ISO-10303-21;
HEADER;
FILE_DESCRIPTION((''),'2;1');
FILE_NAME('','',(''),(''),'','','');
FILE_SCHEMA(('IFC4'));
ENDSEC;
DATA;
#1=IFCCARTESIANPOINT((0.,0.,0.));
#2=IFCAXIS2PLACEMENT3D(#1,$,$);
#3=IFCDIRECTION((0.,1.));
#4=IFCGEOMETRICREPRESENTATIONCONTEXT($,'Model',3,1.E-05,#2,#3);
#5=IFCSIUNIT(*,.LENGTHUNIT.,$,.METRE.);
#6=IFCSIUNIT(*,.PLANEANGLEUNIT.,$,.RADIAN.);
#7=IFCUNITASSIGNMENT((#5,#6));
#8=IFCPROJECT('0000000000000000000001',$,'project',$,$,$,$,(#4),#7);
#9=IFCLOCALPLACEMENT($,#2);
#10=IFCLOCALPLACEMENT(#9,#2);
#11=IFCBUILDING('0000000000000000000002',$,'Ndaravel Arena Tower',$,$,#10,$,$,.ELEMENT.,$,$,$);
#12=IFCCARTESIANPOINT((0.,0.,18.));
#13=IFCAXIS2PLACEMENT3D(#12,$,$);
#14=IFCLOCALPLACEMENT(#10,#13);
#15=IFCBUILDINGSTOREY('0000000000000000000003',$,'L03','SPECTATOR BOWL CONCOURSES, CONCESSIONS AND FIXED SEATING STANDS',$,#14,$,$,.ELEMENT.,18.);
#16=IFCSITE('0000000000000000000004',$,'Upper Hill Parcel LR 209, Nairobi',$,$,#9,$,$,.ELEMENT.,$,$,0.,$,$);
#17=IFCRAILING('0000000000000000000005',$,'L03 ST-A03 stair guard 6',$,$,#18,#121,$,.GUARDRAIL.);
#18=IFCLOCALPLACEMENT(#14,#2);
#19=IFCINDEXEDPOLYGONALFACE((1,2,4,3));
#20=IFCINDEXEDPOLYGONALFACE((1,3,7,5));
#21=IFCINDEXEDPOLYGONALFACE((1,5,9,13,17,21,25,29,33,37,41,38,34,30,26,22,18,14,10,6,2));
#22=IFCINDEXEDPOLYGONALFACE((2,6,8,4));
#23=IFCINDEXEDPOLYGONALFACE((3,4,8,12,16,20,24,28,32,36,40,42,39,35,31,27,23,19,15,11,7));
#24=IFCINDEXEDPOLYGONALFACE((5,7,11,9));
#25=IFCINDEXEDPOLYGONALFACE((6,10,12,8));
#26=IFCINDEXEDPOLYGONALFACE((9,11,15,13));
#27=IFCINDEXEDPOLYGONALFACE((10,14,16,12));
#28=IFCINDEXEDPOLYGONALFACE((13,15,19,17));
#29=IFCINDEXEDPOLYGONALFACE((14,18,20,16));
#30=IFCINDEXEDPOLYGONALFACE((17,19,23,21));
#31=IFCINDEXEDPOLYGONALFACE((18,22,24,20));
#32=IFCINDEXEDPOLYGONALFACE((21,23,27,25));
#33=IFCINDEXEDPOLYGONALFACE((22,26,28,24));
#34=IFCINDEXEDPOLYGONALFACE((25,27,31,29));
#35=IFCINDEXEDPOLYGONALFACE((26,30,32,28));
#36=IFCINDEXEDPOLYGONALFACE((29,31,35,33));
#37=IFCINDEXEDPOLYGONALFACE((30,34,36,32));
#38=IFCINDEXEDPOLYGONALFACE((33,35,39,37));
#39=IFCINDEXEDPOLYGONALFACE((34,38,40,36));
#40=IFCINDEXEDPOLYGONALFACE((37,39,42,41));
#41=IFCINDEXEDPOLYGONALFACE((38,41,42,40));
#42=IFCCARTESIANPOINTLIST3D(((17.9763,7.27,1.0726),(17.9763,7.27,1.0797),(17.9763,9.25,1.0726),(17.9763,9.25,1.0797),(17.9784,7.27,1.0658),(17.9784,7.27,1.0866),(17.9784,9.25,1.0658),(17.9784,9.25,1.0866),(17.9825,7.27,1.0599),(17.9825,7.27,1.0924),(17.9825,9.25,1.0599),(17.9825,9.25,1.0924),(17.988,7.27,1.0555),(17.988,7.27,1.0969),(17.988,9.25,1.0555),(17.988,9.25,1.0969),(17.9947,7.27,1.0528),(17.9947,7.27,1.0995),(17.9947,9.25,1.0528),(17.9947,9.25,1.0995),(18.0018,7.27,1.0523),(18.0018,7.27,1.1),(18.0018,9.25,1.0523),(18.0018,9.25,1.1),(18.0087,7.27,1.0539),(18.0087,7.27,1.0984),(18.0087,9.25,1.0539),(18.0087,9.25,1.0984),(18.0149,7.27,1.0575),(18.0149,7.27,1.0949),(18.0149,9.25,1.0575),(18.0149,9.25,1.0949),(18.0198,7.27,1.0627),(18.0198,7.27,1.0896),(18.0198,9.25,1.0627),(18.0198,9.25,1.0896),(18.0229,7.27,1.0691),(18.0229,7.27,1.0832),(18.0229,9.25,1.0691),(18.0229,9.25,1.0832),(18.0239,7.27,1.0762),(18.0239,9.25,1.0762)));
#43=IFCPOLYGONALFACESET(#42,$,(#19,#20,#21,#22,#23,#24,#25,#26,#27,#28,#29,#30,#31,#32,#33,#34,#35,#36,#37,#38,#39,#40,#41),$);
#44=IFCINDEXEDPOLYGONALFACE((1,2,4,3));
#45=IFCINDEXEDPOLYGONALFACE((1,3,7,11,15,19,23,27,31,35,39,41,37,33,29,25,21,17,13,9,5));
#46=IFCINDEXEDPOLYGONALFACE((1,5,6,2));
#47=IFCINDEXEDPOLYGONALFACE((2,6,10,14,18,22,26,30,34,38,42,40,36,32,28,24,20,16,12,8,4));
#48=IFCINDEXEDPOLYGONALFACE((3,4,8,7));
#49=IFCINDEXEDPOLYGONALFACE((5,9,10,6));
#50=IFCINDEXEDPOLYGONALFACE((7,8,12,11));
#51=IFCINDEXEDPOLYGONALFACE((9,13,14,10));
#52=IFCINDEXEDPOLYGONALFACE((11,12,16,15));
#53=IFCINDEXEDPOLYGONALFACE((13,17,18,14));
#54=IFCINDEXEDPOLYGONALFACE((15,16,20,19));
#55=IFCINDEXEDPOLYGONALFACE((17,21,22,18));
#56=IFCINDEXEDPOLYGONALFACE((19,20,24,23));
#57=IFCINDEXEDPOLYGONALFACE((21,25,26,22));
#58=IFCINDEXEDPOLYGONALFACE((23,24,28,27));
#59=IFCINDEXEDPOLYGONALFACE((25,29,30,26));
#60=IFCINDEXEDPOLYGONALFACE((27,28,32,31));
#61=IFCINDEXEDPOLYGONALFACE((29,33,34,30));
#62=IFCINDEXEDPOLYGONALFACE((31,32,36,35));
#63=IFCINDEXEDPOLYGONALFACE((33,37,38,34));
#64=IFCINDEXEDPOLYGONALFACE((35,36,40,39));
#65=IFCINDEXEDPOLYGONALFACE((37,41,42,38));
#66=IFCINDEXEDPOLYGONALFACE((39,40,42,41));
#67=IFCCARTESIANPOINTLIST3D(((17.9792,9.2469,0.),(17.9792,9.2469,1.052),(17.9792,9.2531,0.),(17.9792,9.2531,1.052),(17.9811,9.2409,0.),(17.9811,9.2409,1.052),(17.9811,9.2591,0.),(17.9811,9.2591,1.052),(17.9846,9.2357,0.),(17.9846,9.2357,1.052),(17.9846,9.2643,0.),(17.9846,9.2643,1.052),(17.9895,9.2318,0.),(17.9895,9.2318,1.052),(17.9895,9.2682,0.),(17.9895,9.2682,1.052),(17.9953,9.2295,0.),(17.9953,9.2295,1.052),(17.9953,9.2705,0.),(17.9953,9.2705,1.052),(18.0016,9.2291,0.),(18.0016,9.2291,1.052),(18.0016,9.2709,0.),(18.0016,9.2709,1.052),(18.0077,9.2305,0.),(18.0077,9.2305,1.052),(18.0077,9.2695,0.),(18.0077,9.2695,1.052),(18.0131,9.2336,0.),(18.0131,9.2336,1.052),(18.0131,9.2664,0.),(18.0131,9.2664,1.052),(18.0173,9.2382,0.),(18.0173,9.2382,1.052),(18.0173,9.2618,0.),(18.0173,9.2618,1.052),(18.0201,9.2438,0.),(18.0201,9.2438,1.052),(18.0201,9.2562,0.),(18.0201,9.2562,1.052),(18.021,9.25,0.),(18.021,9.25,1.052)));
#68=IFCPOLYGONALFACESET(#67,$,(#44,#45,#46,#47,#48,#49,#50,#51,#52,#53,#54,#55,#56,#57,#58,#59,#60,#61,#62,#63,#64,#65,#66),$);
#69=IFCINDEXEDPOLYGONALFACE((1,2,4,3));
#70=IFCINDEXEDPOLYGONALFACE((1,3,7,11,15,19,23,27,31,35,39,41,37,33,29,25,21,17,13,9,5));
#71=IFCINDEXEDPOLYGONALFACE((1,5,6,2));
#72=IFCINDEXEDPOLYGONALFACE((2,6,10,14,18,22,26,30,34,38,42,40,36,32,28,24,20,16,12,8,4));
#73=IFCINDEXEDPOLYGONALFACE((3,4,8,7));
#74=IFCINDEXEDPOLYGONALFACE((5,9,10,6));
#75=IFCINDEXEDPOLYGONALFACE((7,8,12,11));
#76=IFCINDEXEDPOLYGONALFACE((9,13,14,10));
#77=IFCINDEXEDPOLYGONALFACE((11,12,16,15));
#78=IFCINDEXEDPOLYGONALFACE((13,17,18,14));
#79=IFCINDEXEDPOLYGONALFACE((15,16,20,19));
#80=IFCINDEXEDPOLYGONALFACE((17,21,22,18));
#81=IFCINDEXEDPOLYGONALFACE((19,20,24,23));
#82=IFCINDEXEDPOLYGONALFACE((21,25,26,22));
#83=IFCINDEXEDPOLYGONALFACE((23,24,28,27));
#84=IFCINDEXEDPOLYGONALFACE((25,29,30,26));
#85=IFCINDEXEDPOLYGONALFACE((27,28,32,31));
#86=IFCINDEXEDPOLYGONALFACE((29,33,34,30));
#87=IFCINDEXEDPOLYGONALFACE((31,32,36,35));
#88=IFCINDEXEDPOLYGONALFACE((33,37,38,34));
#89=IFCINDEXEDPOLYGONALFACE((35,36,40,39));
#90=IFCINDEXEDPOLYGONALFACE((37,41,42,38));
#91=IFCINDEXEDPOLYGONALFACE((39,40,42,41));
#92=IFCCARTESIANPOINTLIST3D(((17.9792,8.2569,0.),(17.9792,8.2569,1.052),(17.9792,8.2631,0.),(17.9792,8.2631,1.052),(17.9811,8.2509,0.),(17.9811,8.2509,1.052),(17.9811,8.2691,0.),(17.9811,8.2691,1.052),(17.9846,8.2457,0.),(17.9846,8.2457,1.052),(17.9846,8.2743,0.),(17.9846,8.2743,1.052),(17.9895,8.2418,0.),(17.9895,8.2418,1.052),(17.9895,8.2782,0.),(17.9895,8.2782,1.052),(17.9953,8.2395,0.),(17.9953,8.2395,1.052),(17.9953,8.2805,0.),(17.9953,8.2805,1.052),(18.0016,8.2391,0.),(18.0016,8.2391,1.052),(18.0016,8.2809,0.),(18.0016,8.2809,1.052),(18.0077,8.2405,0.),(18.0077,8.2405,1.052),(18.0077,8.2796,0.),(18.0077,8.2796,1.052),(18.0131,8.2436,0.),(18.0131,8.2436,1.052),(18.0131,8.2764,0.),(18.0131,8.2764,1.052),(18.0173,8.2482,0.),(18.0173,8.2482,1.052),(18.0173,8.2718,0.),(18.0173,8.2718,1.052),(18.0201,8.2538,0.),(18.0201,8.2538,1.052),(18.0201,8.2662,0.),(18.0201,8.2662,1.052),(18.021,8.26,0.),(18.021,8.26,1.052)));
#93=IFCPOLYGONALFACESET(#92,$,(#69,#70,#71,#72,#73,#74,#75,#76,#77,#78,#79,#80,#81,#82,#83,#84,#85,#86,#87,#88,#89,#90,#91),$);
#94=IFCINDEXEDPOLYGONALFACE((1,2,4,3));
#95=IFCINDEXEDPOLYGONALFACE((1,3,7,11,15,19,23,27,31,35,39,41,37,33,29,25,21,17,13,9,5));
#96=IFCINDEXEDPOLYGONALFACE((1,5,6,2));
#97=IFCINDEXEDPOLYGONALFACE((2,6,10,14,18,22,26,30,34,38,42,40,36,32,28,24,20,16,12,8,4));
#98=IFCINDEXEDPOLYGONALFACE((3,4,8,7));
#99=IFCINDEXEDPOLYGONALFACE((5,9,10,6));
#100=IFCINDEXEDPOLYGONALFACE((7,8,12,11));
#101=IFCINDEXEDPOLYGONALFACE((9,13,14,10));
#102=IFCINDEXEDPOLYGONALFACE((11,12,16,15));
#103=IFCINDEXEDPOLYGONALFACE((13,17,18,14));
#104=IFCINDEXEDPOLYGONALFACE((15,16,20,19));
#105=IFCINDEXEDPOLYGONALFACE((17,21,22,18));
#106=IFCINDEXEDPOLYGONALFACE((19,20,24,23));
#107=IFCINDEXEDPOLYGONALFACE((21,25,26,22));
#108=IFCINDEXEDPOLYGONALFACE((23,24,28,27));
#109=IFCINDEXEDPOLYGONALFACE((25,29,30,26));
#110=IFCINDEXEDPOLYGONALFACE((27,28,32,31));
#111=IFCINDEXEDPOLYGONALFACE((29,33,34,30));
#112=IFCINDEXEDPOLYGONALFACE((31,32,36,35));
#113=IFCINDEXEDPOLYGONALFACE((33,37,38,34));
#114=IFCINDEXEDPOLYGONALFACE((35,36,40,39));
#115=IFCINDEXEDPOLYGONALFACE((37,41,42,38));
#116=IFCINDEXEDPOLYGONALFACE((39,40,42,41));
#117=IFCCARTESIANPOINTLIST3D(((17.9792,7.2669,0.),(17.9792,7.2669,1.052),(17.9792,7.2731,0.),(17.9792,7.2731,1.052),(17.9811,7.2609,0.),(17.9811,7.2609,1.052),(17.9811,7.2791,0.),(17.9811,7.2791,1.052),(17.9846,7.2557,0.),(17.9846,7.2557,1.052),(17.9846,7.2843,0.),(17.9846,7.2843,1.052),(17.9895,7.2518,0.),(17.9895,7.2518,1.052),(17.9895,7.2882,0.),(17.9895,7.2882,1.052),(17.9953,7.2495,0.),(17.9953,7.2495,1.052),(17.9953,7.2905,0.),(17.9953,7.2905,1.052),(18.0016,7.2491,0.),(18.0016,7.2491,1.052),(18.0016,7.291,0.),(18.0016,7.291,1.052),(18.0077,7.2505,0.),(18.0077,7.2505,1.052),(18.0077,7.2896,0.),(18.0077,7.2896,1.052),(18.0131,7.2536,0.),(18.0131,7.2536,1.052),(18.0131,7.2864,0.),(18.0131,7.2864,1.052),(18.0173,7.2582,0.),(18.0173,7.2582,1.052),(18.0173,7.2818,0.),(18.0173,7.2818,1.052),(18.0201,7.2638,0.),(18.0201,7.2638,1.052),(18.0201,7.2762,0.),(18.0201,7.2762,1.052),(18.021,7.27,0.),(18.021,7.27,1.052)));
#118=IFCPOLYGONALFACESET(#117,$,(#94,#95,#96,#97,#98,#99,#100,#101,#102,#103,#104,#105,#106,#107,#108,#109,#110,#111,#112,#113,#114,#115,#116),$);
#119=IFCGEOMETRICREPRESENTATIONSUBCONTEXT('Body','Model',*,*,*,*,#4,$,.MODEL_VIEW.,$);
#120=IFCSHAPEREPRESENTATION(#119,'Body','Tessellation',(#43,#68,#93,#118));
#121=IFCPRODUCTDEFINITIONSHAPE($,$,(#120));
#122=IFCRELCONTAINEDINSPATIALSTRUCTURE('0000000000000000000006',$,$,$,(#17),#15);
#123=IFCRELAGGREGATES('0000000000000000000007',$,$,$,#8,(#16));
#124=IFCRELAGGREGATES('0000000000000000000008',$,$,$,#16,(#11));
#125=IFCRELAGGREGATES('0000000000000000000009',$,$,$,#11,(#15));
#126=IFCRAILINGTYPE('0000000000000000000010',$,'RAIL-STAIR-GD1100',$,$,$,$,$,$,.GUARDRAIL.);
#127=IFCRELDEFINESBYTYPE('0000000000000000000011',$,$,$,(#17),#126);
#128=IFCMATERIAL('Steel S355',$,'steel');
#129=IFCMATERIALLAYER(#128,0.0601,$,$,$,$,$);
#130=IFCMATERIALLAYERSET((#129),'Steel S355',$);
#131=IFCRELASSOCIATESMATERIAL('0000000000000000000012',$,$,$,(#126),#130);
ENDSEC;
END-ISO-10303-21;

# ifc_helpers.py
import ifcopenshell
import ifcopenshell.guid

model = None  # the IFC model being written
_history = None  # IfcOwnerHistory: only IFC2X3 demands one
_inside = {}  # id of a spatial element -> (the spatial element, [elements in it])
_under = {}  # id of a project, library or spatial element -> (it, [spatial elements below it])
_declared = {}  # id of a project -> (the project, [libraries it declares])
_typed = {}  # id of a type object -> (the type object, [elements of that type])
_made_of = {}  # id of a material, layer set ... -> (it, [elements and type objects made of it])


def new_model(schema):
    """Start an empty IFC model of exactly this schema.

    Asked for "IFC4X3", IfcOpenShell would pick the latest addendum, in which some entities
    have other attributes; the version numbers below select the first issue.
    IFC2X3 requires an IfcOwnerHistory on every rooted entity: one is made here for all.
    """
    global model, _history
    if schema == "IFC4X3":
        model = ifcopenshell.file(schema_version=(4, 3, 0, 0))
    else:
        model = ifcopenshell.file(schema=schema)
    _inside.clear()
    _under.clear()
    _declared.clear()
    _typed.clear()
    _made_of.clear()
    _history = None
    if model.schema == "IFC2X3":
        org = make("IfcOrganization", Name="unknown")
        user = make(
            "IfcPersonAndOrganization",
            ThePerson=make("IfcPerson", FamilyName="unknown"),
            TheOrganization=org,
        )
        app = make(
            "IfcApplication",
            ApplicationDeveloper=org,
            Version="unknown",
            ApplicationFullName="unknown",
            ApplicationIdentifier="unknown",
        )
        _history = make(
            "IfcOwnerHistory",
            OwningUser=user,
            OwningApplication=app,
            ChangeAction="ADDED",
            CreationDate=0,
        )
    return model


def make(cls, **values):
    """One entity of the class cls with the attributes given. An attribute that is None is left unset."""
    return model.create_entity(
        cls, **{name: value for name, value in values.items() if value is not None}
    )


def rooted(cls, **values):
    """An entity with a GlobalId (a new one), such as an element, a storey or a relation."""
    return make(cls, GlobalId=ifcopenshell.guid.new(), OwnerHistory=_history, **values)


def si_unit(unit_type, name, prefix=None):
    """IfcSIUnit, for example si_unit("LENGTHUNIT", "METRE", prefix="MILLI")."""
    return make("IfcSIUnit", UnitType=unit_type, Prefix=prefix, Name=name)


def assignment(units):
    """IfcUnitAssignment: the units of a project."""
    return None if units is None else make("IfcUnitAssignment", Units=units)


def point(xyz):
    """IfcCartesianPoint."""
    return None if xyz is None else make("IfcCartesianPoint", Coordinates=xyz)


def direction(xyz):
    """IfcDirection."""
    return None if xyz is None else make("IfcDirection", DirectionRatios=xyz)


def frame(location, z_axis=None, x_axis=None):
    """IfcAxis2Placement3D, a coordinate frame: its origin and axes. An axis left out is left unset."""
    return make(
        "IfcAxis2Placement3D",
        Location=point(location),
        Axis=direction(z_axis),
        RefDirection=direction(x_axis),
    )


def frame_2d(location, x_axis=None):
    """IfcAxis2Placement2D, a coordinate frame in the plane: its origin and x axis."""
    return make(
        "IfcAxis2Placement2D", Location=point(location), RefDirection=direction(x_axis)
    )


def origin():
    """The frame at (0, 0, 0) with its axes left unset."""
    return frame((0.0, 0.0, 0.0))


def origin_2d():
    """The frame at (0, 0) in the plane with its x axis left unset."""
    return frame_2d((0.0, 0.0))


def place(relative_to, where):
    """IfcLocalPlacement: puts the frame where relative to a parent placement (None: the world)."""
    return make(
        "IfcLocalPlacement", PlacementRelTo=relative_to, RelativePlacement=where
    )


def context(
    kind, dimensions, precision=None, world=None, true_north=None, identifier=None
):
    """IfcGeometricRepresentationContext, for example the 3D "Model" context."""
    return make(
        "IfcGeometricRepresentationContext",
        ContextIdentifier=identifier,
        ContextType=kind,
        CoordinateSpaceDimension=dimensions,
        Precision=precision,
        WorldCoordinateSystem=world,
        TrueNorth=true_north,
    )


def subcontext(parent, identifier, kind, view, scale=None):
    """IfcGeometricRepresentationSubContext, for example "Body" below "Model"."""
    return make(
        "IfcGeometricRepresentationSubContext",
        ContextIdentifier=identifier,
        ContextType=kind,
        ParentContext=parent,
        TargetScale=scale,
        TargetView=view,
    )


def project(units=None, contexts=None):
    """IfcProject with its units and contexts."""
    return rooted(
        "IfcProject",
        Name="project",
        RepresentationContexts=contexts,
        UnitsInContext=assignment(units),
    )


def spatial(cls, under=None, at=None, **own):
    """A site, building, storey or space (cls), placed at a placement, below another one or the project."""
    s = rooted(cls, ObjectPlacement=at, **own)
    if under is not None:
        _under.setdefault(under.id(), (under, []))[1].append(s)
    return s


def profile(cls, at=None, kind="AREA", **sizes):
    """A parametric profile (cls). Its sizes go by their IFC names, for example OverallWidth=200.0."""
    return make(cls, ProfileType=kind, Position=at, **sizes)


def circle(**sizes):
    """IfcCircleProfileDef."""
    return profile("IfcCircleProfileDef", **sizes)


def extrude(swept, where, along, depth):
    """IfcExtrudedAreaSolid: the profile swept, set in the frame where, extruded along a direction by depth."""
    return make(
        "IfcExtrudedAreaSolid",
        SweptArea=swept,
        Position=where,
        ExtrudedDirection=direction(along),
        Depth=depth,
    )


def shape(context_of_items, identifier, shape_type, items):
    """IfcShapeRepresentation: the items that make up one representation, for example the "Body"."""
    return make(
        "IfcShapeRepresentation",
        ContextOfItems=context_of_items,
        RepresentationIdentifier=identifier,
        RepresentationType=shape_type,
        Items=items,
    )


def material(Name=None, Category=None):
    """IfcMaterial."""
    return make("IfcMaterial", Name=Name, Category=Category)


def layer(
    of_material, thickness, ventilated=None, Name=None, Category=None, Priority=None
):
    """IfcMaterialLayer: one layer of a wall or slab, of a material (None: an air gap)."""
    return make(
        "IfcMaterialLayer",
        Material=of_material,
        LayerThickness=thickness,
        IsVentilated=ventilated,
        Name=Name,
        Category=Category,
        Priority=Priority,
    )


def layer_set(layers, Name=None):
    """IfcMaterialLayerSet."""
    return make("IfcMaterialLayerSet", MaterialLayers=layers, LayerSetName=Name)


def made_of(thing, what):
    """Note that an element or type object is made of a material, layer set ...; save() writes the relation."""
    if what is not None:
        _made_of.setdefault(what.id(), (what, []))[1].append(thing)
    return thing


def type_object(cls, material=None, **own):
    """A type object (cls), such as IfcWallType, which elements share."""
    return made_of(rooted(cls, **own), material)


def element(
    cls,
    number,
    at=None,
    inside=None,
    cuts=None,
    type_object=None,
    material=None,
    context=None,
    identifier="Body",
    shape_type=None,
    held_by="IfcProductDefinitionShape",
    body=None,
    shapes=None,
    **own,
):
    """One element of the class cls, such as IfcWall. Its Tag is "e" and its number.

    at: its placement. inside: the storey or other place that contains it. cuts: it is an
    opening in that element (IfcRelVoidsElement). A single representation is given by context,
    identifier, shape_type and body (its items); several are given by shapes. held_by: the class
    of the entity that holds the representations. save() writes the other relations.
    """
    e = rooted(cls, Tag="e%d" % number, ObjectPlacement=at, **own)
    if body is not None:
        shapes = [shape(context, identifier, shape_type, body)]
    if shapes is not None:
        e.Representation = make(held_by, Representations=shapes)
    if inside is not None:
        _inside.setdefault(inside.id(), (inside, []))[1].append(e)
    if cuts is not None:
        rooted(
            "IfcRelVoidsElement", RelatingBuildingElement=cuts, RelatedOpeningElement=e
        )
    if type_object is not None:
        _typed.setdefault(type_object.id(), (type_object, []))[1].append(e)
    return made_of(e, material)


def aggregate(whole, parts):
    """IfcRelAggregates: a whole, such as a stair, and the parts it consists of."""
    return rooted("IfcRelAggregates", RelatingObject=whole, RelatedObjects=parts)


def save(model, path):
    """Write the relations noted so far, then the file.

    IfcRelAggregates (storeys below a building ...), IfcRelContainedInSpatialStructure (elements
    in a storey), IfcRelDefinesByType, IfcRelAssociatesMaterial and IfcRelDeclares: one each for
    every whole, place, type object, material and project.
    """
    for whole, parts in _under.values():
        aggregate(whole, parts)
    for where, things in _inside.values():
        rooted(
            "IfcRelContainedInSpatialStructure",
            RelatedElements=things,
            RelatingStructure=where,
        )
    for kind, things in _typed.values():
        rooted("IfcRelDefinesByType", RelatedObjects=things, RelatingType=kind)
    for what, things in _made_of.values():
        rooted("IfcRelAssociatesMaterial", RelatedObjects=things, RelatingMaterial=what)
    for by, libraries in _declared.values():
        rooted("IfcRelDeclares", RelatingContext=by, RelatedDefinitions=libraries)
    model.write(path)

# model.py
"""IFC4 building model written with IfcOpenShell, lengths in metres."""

from ifc_helpers import new_model, si_unit, direction, frame, origin, origin_2d, place, context, subcontext, project, spatial, circle, extrude, material, layer, layer_set, type_object, element, save


model = new_model("IFC4")

# Units and contexts
model_context = context("Model", 3, precision=1e-05, world=origin(), true_north=direction((0.0, 1.0)))
body_context = subcontext(model_context, "Body", "Model", "MODEL_VIEW")
ifc_project = project(units=[si_unit("LENGTHUNIT", "METRE"), si_unit("PLANEANGLEUNIT", "RADIAN")], contexts=[model_context])

# Site, building, storey
site_placement = place(None, origin())
site = spatial("IfcSite", under=ifc_project, at=site_placement, Name="Upper Hill Parcel LR 209, Nairobi", CompositionType="ELEMENT", RefElevation=0.0)
building_placement = place(site_placement, origin())
building = spatial("IfcBuilding", under=site, at=building_placement, Name="Ndaravel Arena Tower", CompositionType="ELEMENT")
storey_placement = place(building_placement, frame((0.0, 0.0, 18.0)))
storey = spatial("IfcBuildingStorey", under=building, at=storey_placement, Name="L03", Description="SPECTATOR BOWL CONCOURSES, CONCESSIONS AND FIXED SEATING STANDS", CompositionType="ELEMENT", Elevation=18.0)

# Railing
ifc_material_1 = material(Name="Steel S355", Category="steel")
ifc_layer_1 = layer(ifc_material_1, 0.0601)
ifc_layer_set_1 = layer_set([ifc_layer_1], Name="Steel S355")
railing_type_1 = type_object("IfcRailingType", Name="RAIL-STAIR-GD1100", PredefinedType="GUARDRAIL", material=ifc_layer_set_1)
for number, where, name in (
    (1, (18.0, 9.25, 0.0), "L03 ST-A03 stair guard 6"),
):
    element("IfcRailing", number, at=place(storey_placement, frame(where)), inside=storey, type_object=railing_type_1, Name=name, PredefinedType="GUARDRAIL", context=body_context, shape_type="SweptSolid", body=[
        extrude(circle(Radius=0.0239, at=origin_2d()), frame((0.0, 0.0, 1.0762), z_axis=(0.0, -1.0, 0.0), x_axis=(1.0, 0.0, 0.0)), (0.0, 0.0, 1.0), 1.98),
        extrude(circle(Radius=0.021, at=origin_2d()), origin(), (0.0, 0.0, 1.0), 1.052),
        extrude(circle(Radius=0.021, at=origin_2d()), frame((0.0, -0.99, 0.0)), (0.0, 0.0, 1.0), 1.052),
        extrude(circle(Radius=0.021, at=origin_2d()), frame((0.0, -1.98, 0.0)), (0.0, 0.0, 1.0), 1.052),
    ])

save(model, "model.ifc")
